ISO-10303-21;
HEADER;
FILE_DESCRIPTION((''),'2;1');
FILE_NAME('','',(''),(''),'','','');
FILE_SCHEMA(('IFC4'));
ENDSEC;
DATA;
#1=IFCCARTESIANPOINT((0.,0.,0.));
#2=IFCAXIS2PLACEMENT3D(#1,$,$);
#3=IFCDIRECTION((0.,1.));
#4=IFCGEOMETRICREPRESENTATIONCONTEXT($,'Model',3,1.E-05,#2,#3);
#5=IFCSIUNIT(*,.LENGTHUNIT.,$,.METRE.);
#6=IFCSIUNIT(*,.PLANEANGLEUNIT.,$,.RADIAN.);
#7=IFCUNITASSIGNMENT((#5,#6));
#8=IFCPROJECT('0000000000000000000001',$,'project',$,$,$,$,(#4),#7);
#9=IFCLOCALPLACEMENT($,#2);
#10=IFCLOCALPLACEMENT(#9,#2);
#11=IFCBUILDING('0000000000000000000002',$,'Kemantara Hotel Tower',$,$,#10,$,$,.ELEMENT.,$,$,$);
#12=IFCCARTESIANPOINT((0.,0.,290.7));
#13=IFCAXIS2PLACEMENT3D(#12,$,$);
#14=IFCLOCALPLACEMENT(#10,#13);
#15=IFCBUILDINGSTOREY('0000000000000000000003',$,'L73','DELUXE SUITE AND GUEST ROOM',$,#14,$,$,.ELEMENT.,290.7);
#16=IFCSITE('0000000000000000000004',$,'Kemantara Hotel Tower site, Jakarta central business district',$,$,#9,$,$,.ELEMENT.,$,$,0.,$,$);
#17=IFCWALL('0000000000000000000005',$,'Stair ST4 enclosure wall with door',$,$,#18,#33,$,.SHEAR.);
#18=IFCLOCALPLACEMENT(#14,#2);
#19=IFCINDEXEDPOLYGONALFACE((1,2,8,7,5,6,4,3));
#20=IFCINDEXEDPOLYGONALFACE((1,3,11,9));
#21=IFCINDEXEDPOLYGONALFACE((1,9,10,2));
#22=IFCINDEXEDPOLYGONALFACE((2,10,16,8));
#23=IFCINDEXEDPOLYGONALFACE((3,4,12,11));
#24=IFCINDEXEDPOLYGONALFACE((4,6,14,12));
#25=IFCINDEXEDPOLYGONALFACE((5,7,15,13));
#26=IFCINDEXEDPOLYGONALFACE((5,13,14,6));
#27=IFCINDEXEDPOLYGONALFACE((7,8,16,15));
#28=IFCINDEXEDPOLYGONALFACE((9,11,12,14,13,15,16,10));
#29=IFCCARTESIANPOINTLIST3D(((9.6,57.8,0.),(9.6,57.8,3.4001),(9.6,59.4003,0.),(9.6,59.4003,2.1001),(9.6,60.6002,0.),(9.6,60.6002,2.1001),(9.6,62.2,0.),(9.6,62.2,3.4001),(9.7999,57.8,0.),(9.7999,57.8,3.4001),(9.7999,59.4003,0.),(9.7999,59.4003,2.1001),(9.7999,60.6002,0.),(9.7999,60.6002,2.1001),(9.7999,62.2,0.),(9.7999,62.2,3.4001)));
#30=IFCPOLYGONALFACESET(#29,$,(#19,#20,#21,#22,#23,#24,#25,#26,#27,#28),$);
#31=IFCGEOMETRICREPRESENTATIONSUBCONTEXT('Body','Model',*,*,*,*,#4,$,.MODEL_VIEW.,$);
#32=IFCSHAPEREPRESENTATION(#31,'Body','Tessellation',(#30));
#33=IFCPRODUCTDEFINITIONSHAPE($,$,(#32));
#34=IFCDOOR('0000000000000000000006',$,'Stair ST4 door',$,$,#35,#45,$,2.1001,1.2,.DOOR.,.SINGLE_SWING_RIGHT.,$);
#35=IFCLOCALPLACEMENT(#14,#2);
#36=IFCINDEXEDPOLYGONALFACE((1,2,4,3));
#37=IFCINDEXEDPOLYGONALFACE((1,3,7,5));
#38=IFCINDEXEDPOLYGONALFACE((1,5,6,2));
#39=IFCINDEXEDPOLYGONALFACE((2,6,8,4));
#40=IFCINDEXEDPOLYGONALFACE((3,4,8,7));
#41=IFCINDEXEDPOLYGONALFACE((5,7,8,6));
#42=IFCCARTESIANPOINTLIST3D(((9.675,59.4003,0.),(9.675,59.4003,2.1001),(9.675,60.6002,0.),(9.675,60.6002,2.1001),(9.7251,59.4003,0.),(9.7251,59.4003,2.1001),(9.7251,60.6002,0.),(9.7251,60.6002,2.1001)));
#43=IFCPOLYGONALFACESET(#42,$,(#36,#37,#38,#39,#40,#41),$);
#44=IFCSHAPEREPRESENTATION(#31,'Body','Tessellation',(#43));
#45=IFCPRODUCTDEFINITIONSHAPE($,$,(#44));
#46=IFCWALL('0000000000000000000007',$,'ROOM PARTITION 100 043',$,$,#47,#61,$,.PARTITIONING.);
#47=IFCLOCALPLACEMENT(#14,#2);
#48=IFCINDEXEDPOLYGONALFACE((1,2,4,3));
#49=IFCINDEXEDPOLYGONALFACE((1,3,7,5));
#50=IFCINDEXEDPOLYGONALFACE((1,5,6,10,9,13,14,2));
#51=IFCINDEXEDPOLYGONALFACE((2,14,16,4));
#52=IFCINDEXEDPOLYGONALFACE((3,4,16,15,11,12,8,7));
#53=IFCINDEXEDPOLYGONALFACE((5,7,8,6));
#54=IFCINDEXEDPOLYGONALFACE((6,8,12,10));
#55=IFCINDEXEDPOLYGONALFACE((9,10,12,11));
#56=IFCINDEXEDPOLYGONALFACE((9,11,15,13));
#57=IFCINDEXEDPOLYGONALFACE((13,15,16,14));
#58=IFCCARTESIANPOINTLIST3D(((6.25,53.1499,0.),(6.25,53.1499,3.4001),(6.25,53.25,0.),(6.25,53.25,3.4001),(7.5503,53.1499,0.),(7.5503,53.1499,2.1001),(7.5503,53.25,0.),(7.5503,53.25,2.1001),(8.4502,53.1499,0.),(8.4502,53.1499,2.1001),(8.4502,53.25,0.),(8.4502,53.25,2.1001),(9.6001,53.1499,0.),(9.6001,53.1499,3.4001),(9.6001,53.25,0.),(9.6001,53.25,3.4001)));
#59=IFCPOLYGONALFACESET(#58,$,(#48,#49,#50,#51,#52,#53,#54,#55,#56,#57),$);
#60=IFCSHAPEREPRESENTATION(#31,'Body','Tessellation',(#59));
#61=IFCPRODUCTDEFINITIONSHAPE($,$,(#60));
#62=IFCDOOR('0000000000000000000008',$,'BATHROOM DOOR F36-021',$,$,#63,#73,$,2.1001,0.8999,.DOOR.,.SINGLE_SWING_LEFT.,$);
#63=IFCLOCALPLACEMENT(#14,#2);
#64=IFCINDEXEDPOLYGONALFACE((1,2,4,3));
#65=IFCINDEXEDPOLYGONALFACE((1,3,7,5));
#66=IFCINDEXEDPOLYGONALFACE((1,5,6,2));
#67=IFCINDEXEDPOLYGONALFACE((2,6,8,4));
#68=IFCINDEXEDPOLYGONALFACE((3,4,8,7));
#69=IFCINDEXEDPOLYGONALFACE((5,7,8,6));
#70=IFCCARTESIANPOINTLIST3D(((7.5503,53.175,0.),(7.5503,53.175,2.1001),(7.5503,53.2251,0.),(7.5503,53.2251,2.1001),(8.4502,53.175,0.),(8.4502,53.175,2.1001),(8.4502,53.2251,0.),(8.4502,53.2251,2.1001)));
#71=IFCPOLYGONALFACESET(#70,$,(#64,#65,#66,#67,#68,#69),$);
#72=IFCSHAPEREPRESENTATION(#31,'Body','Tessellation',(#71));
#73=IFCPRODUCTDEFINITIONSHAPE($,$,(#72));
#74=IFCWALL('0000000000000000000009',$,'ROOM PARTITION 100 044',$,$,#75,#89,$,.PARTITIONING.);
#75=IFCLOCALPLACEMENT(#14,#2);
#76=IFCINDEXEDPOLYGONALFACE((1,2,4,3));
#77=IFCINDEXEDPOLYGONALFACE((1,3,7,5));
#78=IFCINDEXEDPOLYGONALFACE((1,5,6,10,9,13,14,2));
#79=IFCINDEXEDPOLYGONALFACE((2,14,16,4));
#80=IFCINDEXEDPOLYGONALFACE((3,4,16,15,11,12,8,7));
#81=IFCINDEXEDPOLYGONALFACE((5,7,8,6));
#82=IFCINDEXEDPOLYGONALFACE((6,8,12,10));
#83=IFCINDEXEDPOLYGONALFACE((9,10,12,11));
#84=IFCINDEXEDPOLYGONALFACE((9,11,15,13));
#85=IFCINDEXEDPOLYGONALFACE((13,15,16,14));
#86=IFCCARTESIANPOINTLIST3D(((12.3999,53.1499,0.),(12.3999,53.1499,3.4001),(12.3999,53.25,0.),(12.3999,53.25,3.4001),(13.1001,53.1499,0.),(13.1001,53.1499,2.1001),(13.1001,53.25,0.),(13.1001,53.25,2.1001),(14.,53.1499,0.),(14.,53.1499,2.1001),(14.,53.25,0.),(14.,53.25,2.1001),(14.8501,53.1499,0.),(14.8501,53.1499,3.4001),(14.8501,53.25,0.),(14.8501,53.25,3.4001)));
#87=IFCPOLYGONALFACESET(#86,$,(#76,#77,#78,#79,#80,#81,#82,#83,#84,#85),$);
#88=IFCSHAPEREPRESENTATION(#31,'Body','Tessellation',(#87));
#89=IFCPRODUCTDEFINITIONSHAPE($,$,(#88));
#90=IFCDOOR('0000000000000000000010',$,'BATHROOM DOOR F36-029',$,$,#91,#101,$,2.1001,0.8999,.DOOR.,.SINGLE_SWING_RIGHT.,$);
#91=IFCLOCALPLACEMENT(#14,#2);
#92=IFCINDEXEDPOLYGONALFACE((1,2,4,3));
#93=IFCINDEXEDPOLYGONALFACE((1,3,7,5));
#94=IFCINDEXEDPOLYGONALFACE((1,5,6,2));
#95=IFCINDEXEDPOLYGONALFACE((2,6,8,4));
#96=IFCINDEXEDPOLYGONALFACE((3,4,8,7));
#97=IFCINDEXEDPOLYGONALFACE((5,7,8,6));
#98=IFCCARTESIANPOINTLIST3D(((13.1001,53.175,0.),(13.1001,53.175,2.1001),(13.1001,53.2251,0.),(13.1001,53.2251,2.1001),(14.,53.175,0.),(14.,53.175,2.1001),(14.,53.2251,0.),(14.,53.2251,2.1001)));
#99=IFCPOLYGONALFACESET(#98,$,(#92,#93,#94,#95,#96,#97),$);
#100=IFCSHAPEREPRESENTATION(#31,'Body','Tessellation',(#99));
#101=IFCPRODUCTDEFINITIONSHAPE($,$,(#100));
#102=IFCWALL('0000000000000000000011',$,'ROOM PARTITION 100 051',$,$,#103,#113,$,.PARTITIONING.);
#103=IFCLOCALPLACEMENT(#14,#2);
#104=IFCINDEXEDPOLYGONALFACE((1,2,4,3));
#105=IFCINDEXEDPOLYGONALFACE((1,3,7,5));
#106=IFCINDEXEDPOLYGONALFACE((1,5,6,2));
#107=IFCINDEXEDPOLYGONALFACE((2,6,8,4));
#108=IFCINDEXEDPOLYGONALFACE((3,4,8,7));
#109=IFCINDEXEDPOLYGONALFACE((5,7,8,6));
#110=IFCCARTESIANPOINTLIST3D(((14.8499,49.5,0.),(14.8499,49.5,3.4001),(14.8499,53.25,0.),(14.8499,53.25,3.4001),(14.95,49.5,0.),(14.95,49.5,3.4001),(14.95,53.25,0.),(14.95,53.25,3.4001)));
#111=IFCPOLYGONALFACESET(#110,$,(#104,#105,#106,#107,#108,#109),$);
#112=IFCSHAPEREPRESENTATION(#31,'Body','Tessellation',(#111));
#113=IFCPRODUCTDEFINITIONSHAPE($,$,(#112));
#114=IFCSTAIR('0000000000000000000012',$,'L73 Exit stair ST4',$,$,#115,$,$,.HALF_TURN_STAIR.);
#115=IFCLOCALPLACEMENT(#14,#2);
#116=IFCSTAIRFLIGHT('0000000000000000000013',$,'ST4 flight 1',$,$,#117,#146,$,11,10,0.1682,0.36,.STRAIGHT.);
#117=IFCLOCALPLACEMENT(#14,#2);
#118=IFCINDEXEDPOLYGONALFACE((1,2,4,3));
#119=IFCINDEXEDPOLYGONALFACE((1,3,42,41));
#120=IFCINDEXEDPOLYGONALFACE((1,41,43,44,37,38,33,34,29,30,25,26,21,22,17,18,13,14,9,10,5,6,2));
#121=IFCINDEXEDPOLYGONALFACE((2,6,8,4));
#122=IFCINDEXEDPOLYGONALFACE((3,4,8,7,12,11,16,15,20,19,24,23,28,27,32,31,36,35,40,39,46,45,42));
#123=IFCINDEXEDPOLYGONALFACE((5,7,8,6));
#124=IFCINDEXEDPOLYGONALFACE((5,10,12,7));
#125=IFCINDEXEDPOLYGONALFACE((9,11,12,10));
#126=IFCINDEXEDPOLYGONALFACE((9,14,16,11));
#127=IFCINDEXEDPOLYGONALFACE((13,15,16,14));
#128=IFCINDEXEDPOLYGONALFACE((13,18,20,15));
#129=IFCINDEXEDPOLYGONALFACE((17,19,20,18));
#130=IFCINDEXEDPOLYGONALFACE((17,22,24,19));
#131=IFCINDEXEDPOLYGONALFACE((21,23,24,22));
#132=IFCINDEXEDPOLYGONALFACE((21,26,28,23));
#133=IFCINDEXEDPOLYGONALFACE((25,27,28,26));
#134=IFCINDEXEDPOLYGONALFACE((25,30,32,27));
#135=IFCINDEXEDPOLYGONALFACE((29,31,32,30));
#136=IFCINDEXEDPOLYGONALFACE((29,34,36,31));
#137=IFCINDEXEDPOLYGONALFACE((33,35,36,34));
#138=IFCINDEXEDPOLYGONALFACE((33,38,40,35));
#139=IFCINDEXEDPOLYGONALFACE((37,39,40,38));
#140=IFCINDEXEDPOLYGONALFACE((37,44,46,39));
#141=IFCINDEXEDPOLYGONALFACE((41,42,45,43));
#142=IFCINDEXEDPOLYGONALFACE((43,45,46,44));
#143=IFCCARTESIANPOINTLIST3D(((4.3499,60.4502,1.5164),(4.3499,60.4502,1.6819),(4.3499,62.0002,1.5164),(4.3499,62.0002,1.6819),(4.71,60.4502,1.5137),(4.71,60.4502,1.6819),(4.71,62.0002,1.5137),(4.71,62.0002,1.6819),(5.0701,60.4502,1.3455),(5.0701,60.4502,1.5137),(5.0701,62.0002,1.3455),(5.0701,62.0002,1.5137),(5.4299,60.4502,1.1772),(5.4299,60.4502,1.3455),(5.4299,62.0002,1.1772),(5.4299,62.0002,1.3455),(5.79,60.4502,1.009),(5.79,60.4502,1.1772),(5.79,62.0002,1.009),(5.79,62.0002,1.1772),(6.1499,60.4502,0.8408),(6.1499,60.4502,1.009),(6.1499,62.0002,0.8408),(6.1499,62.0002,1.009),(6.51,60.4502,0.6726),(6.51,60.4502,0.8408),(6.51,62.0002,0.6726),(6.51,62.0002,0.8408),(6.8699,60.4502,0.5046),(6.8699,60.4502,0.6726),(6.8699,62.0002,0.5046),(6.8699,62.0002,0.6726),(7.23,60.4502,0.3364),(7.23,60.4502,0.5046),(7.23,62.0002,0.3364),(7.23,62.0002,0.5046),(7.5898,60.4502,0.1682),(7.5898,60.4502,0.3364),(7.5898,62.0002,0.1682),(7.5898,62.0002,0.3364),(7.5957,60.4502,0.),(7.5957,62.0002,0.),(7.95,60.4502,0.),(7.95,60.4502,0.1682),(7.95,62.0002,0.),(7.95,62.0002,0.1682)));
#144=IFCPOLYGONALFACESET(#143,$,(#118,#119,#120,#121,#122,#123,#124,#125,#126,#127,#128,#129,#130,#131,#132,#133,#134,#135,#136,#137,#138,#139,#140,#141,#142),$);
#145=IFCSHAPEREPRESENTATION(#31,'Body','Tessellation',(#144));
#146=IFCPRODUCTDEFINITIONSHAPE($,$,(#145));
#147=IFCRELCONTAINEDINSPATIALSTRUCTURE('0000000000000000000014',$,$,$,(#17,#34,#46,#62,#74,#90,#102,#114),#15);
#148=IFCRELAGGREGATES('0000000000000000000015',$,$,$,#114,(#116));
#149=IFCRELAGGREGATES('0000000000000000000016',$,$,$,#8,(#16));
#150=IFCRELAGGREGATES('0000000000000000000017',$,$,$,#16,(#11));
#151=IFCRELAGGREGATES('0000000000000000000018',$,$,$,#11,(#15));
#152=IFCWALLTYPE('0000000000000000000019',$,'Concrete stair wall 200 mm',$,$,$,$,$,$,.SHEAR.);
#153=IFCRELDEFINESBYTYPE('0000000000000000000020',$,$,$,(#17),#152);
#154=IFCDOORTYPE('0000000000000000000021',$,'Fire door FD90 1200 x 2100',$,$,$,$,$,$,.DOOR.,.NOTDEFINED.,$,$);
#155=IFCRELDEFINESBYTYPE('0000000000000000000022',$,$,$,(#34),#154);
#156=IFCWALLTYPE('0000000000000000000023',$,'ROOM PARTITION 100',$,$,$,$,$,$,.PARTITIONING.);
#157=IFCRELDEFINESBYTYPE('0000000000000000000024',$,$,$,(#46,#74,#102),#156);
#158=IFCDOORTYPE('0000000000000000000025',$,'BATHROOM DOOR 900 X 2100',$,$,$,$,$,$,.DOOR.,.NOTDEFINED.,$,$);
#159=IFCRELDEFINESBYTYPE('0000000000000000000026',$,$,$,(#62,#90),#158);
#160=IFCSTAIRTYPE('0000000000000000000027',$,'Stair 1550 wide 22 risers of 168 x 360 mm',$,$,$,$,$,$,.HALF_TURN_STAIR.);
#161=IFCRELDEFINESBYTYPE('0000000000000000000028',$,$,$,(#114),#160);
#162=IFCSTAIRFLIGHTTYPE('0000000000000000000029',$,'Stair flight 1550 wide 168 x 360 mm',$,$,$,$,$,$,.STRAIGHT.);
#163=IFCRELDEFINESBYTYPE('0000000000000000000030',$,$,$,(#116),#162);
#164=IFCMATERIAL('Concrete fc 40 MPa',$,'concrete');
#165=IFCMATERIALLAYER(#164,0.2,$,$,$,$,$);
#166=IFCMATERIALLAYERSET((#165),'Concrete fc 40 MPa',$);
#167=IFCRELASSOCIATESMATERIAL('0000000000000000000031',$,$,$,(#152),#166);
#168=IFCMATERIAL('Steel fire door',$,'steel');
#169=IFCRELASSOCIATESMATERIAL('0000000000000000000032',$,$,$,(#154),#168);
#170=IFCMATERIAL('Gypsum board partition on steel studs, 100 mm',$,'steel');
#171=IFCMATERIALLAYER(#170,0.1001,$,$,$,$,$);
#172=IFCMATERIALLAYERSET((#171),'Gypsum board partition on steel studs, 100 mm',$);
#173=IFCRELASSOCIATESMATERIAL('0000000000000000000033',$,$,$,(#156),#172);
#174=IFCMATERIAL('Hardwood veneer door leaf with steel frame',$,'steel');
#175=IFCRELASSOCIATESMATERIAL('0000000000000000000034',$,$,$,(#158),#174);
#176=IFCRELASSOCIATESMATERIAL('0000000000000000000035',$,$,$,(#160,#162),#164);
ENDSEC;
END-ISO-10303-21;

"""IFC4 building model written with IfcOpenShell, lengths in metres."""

from ifc_helpers import new_model, si_unit, direction, frame, frame_2d, origin, place, context, subcontext, project, spatial, polyline, rectangle, outline, extrude, material, layer, layer_set, type_object, element, fill, aggregate, save


model = new_model("IFC4")

# Units and contexts
model_context = context("Model", 3, precision=1e-05, world=origin(), true_north=direction((0.0, 1.0)))
body_context = subcontext(model_context, "Body", "Model", "MODEL_VIEW")
ifc_project = project(units=[si_unit("LENGTHUNIT", "METRE"), si_unit("PLANEANGLEUNIT", "RADIAN")], contexts=[model_context])

# Site, building, storey
site_placement = place(None, origin())
site = spatial("IfcSite", under=ifc_project, at=site_placement, Name="Kemantara Hotel Tower site, Jakarta central business district", CompositionType="ELEMENT", RefElevation=0.0)
building_placement = place(site_placement, origin())
building = spatial("IfcBuilding", under=site, at=building_placement, Name="Kemantara Hotel Tower", CompositionType="ELEMENT")
storey_placement = place(building_placement, frame((0.0, 0.0, 290.7)))
storey = spatial("IfcBuildingStorey", under=building, at=storey_placement, Name="L73", Description="DELUXE SUITE AND GUEST ROOM", CompositionType="ELEMENT", Elevation=290.7)

# Walls, openings, doors
ifc_material_1 = material(Name="Hardwood veneer door leaf with steel frame", Category="steel")
ifc_material_2 = material(Name="Concrete fc 40 MPa", Category="concrete")
ifc_layer_1 = layer(ifc_material_2, 0.2)
ifc_layer_set_1 = layer_set([ifc_layer_1], Name="Concrete fc 40 MPa")
wall_type_1 = type_object("IfcWallType", Name="Concrete stair wall 200 mm", PredefinedType="SHEAR", material=ifc_layer_set_1)
wall_1_placement = place(storey_placement, frame((9.7, 57.8, 0.0), z_axis=(0.0, 0.0, 1.0), x_axis=(0.0, 1.0, 0.0)))
wall_1 = element("IfcWall", 1, at=wall_1_placement, inside=storey, type_object=wall_type_1, Name="Stair ST4 enclosure wall with door", PredefinedType="SHEAR", context=body_context, shape_type="SweptSolid", body=[
    extrude(rectangle(XDim=4.3999, YDim=0.2, at=frame_2d((2.2, 0.0))), origin(), (0.0, 0.0, 1.0), 3.4001),
])
opening_1_placement = place(wall_1_placement, frame((1.6001, 0.0, 0.0)))
opening_1 = element("IfcOpeningElement", 2, at=opening_1_placement, cuts=wall_1, PredefinedType="OPENING", context=body_context, shape_type="SweptSolid", body=[
    extrude(rectangle(XDim=1.2, YDim=2.1001, at=frame_2d((0.6001, 1.05))), frame((0.0, 0.1099, 0.0), z_axis=(0.0, -1.0, 0.0), x_axis=(1.0, 0.0, 0.0)), (0.0, 0.0, 1.0), 0.22),
])
ifc_material_3 = material(Name="Steel fire door", Category="steel")
door_type_1 = type_object("IfcDoorType", Name="Fire door FD90 1200 x 2100", OperationType="NOTDEFINED", PredefinedType="DOOR", material=ifc_material_3)
door_1_placement = place(opening_1_placement, origin())
door_1 = element("IfcDoor", 3, at=door_1_placement, inside=storey, type_object=door_type_1, Name="Stair ST4 door", OperationType="SINGLE_SWING_RIGHT", OverallHeight=2.1001, OverallWidth=1.2, PredefinedType="DOOR", context=body_context, shape_type="SweptSolid", body=[
    extrude(rectangle(XDim=1.2, YDim=2.1001, at=frame_2d((0.6001, 1.05))), frame((0.0, 0.0249, 0.0), z_axis=(0.0, -1.0, 0.0), x_axis=(1.0, 0.0, 0.0)), (0.0, 0.0, 1.0), 0.05),
])
fill(opening_1, door_1)
ifc_material_4 = material(Name="Gypsum board partition on steel studs, 100 mm", Category="steel")
ifc_layer_2 = layer(ifc_material_4, 0.1001)
ifc_layer_set_2 = layer_set([ifc_layer_2], Name="Gypsum board partition on steel studs, 100 mm")
wall_type_2 = type_object("IfcWallType", Name="ROOM PARTITION 100", PredefinedType="PARTITIONING", material=ifc_layer_set_2)
wall_2_placement = place(storey_placement, frame((9.6001, 53.2, 0.0), z_axis=(0.0, 0.0, 1.0), x_axis=(-1.0, 0.0, 0.0)))
wall_2 = element("IfcWall", 4, at=wall_2_placement, inside=storey, type_object=wall_type_2, Name="ROOM PARTITION 100 043", PredefinedType="PARTITIONING", context=body_context, shape_type="SweptSolid", body=[
    extrude(rectangle(XDim=3.3501, YDim=0.1001, at=frame_2d((1.675, 0.0))), origin(), (0.0, 0.0, 1.0), 3.4001),
])
opening_2_placement = place(wall_2_placement, frame((1.1499, 0.0, 0.0)))
opening_2 = element("IfcOpeningElement", 5, at=opening_2_placement, cuts=wall_2, PredefinedType="OPENING", context=body_context, shape_type="SweptSolid", body=[
    extrude(rectangle(XDim=0.8999, YDim=2.1001, at=frame_2d((0.45, 1.05))), frame((0.0, 0.0601, 0.0), z_axis=(0.0, -1.0, 0.0), x_axis=(1.0, 0.0, 0.0)), (0.0, 0.0, 1.0), 0.1201),
])
door_type_2 = type_object("IfcDoorType", Name="BATHROOM DOOR 900 X 2100", OperationType="NOTDEFINED", PredefinedType="DOOR", material=ifc_material_1)
door_2_placement = place(opening_2_placement, origin())
door_2 = element("IfcDoor", 6, at=door_2_placement, inside=storey, type_object=door_type_2, Name="BATHROOM DOOR F36-021", OperationType="SINGLE_SWING_LEFT", OverallHeight=2.1001, OverallWidth=0.8999, PredefinedType="DOOR", context=body_context, shape_type="SweptSolid", body=[
    extrude(rectangle(XDim=0.8999, YDim=2.1001, at=frame_2d((0.45, 1.05))), frame((0.0, 0.0249, 0.0), z_axis=(0.0, -1.0, 0.0), x_axis=(1.0, 0.0, 0.0)), (0.0, 0.0, 1.0), 0.05),
])
fill(opening_2, door_2)
wall_3_placement = place(storey_placement, frame((14.8501, 53.2, 0.0), z_axis=(0.0, 0.0, 1.0), x_axis=(-1.0, 0.0, 0.0)))
wall_3 = element("IfcWall", 7, at=wall_3_placement, inside=storey, type_object=wall_type_2, Name="ROOM PARTITION 100 044", PredefinedType="PARTITIONING", context=body_context, shape_type="SweptSolid", body=[
    extrude(rectangle(XDim=2.4502, YDim=0.1001, at=frame_2d((1.2251, 0.0))), origin(), (0.0, 0.0, 1.0), 3.4001),
])
opening_3_placement = place(wall_3_placement, frame((0.8501, 0.0, 0.0)))
opening_3 = element("IfcOpeningElement", 8, at=opening_3_placement, cuts=wall_3, PredefinedType="OPENING", context=body_context, shape_type="SweptSolid", body=[
    extrude(rectangle(XDim=0.8999, YDim=2.1001, at=frame_2d((0.45, 1.05))), frame((0.0, 0.0601, 0.0), z_axis=(0.0, -1.0, 0.0), x_axis=(1.0, 0.0, 0.0)), (0.0, 0.0, 1.0), 0.1201),
])
door_3_placement = place(opening_3_placement, origin())
door_3 = element("IfcDoor", 9, at=door_3_placement, inside=storey, type_object=door_type_2, Name="BATHROOM DOOR F36-029", OperationType="SINGLE_SWING_RIGHT", OverallHeight=2.1001, OverallWidth=0.8999, PredefinedType="DOOR", context=body_context, shape_type="SweptSolid", body=[
    extrude(rectangle(XDim=0.8999, YDim=2.1001, at=frame_2d((0.45, 1.05))), frame((0.0, 0.0249, 0.0), z_axis=(0.0, -1.0, 0.0), x_axis=(1.0, 0.0, 0.0)), (0.0, 0.0, 1.0), 0.05),
])
fill(opening_3, door_3)

# Wall
wall_4_placement = place(storey_placement, frame((14.8999, 49.5, 0.0), z_axis=(0.0, 0.0, 1.0), x_axis=(0.0, 1.0, 0.0)))
element("IfcWall", 10, at=wall_4_placement, inside=storey, type_object=wall_type_2, Name="ROOM PARTITION 100 051", PredefinedType="PARTITIONING", context=body_context, shape_type="SweptSolid", body=[
    extrude(rectangle(XDim=3.75, YDim=0.1001, at=frame_2d((1.875, 0.0))), origin(), (0.0, 0.0, 1.0), 3.4001),
])

# Stair, stair flight
stair_type = type_object("IfcStairType", Name="Stair 1550 wide 22 risers of 168 x 360 mm", PredefinedType="HALF_TURN_STAIR", material=ifc_material_2)
stair_placement = place(storey_placement, origin())
stair = element("IfcStair", 11, at=stair_placement, inside=storey, type_object=stair_type, Name="L73 Exit stair ST4", PredefinedType="HALF_TURN_STAIR")
stair_flight_type = type_object("IfcStairFlightType", Name="Stair flight 1550 wide 168 x 360 mm", PredefinedType="STRAIGHT", material=ifc_material_2)
stair_flight_placement = place(storey_placement, frame((7.95, 61.2251, 0.0), z_axis=(0.0, 0.0, 1.0), x_axis=(-1.0, 0.0, 0.0)))
stair_flight = element("IfcStairFlight", 12, at=stair_flight_placement, type_object=stair_flight_type, Name="ST4 flight 1", NumberOfRisers=11, NumberOfTreads=10, PredefinedType="STRAIGHT", RiserHeight=0.1682, TreadLength=0.36, context=body_context, shape_type="SweptSolid", body=[
    extrude(outline(polyline([(0.0, 0.0), (0.0, 0.1682), (0.3601, 0.1682), (0.3601, 0.3364), (0.72, 0.3364), (0.72, 0.5046), (1.0801, 0.5046), (1.0801, 0.6726), (1.4399, 0.6726), (1.4399, 0.8408), (1.8, 0.8408), (1.8, 1.009), (2.1599, 1.009), (2.1599, 1.1772), (2.52, 1.1772), (2.52, 1.3455), (2.8799, 1.3455), (2.8799, 1.5137), (3.24, 1.5137), (3.24, 1.6819), (3.6001, 1.6819), (3.6001, 1.8501), (3.6001, 1.5164), (0.3542, 0.0), (0.0, 0.0)])), frame((0.0, 0.7749, 0.0), z_axis=(0.0, -1.0, 0.0), x_axis=(1.0, 0.0, 0.0)), (0.0, 0.0, 1.0), 1.55),
])
aggregate(stair, [stair_flight])

save(model, "model.ifc")
